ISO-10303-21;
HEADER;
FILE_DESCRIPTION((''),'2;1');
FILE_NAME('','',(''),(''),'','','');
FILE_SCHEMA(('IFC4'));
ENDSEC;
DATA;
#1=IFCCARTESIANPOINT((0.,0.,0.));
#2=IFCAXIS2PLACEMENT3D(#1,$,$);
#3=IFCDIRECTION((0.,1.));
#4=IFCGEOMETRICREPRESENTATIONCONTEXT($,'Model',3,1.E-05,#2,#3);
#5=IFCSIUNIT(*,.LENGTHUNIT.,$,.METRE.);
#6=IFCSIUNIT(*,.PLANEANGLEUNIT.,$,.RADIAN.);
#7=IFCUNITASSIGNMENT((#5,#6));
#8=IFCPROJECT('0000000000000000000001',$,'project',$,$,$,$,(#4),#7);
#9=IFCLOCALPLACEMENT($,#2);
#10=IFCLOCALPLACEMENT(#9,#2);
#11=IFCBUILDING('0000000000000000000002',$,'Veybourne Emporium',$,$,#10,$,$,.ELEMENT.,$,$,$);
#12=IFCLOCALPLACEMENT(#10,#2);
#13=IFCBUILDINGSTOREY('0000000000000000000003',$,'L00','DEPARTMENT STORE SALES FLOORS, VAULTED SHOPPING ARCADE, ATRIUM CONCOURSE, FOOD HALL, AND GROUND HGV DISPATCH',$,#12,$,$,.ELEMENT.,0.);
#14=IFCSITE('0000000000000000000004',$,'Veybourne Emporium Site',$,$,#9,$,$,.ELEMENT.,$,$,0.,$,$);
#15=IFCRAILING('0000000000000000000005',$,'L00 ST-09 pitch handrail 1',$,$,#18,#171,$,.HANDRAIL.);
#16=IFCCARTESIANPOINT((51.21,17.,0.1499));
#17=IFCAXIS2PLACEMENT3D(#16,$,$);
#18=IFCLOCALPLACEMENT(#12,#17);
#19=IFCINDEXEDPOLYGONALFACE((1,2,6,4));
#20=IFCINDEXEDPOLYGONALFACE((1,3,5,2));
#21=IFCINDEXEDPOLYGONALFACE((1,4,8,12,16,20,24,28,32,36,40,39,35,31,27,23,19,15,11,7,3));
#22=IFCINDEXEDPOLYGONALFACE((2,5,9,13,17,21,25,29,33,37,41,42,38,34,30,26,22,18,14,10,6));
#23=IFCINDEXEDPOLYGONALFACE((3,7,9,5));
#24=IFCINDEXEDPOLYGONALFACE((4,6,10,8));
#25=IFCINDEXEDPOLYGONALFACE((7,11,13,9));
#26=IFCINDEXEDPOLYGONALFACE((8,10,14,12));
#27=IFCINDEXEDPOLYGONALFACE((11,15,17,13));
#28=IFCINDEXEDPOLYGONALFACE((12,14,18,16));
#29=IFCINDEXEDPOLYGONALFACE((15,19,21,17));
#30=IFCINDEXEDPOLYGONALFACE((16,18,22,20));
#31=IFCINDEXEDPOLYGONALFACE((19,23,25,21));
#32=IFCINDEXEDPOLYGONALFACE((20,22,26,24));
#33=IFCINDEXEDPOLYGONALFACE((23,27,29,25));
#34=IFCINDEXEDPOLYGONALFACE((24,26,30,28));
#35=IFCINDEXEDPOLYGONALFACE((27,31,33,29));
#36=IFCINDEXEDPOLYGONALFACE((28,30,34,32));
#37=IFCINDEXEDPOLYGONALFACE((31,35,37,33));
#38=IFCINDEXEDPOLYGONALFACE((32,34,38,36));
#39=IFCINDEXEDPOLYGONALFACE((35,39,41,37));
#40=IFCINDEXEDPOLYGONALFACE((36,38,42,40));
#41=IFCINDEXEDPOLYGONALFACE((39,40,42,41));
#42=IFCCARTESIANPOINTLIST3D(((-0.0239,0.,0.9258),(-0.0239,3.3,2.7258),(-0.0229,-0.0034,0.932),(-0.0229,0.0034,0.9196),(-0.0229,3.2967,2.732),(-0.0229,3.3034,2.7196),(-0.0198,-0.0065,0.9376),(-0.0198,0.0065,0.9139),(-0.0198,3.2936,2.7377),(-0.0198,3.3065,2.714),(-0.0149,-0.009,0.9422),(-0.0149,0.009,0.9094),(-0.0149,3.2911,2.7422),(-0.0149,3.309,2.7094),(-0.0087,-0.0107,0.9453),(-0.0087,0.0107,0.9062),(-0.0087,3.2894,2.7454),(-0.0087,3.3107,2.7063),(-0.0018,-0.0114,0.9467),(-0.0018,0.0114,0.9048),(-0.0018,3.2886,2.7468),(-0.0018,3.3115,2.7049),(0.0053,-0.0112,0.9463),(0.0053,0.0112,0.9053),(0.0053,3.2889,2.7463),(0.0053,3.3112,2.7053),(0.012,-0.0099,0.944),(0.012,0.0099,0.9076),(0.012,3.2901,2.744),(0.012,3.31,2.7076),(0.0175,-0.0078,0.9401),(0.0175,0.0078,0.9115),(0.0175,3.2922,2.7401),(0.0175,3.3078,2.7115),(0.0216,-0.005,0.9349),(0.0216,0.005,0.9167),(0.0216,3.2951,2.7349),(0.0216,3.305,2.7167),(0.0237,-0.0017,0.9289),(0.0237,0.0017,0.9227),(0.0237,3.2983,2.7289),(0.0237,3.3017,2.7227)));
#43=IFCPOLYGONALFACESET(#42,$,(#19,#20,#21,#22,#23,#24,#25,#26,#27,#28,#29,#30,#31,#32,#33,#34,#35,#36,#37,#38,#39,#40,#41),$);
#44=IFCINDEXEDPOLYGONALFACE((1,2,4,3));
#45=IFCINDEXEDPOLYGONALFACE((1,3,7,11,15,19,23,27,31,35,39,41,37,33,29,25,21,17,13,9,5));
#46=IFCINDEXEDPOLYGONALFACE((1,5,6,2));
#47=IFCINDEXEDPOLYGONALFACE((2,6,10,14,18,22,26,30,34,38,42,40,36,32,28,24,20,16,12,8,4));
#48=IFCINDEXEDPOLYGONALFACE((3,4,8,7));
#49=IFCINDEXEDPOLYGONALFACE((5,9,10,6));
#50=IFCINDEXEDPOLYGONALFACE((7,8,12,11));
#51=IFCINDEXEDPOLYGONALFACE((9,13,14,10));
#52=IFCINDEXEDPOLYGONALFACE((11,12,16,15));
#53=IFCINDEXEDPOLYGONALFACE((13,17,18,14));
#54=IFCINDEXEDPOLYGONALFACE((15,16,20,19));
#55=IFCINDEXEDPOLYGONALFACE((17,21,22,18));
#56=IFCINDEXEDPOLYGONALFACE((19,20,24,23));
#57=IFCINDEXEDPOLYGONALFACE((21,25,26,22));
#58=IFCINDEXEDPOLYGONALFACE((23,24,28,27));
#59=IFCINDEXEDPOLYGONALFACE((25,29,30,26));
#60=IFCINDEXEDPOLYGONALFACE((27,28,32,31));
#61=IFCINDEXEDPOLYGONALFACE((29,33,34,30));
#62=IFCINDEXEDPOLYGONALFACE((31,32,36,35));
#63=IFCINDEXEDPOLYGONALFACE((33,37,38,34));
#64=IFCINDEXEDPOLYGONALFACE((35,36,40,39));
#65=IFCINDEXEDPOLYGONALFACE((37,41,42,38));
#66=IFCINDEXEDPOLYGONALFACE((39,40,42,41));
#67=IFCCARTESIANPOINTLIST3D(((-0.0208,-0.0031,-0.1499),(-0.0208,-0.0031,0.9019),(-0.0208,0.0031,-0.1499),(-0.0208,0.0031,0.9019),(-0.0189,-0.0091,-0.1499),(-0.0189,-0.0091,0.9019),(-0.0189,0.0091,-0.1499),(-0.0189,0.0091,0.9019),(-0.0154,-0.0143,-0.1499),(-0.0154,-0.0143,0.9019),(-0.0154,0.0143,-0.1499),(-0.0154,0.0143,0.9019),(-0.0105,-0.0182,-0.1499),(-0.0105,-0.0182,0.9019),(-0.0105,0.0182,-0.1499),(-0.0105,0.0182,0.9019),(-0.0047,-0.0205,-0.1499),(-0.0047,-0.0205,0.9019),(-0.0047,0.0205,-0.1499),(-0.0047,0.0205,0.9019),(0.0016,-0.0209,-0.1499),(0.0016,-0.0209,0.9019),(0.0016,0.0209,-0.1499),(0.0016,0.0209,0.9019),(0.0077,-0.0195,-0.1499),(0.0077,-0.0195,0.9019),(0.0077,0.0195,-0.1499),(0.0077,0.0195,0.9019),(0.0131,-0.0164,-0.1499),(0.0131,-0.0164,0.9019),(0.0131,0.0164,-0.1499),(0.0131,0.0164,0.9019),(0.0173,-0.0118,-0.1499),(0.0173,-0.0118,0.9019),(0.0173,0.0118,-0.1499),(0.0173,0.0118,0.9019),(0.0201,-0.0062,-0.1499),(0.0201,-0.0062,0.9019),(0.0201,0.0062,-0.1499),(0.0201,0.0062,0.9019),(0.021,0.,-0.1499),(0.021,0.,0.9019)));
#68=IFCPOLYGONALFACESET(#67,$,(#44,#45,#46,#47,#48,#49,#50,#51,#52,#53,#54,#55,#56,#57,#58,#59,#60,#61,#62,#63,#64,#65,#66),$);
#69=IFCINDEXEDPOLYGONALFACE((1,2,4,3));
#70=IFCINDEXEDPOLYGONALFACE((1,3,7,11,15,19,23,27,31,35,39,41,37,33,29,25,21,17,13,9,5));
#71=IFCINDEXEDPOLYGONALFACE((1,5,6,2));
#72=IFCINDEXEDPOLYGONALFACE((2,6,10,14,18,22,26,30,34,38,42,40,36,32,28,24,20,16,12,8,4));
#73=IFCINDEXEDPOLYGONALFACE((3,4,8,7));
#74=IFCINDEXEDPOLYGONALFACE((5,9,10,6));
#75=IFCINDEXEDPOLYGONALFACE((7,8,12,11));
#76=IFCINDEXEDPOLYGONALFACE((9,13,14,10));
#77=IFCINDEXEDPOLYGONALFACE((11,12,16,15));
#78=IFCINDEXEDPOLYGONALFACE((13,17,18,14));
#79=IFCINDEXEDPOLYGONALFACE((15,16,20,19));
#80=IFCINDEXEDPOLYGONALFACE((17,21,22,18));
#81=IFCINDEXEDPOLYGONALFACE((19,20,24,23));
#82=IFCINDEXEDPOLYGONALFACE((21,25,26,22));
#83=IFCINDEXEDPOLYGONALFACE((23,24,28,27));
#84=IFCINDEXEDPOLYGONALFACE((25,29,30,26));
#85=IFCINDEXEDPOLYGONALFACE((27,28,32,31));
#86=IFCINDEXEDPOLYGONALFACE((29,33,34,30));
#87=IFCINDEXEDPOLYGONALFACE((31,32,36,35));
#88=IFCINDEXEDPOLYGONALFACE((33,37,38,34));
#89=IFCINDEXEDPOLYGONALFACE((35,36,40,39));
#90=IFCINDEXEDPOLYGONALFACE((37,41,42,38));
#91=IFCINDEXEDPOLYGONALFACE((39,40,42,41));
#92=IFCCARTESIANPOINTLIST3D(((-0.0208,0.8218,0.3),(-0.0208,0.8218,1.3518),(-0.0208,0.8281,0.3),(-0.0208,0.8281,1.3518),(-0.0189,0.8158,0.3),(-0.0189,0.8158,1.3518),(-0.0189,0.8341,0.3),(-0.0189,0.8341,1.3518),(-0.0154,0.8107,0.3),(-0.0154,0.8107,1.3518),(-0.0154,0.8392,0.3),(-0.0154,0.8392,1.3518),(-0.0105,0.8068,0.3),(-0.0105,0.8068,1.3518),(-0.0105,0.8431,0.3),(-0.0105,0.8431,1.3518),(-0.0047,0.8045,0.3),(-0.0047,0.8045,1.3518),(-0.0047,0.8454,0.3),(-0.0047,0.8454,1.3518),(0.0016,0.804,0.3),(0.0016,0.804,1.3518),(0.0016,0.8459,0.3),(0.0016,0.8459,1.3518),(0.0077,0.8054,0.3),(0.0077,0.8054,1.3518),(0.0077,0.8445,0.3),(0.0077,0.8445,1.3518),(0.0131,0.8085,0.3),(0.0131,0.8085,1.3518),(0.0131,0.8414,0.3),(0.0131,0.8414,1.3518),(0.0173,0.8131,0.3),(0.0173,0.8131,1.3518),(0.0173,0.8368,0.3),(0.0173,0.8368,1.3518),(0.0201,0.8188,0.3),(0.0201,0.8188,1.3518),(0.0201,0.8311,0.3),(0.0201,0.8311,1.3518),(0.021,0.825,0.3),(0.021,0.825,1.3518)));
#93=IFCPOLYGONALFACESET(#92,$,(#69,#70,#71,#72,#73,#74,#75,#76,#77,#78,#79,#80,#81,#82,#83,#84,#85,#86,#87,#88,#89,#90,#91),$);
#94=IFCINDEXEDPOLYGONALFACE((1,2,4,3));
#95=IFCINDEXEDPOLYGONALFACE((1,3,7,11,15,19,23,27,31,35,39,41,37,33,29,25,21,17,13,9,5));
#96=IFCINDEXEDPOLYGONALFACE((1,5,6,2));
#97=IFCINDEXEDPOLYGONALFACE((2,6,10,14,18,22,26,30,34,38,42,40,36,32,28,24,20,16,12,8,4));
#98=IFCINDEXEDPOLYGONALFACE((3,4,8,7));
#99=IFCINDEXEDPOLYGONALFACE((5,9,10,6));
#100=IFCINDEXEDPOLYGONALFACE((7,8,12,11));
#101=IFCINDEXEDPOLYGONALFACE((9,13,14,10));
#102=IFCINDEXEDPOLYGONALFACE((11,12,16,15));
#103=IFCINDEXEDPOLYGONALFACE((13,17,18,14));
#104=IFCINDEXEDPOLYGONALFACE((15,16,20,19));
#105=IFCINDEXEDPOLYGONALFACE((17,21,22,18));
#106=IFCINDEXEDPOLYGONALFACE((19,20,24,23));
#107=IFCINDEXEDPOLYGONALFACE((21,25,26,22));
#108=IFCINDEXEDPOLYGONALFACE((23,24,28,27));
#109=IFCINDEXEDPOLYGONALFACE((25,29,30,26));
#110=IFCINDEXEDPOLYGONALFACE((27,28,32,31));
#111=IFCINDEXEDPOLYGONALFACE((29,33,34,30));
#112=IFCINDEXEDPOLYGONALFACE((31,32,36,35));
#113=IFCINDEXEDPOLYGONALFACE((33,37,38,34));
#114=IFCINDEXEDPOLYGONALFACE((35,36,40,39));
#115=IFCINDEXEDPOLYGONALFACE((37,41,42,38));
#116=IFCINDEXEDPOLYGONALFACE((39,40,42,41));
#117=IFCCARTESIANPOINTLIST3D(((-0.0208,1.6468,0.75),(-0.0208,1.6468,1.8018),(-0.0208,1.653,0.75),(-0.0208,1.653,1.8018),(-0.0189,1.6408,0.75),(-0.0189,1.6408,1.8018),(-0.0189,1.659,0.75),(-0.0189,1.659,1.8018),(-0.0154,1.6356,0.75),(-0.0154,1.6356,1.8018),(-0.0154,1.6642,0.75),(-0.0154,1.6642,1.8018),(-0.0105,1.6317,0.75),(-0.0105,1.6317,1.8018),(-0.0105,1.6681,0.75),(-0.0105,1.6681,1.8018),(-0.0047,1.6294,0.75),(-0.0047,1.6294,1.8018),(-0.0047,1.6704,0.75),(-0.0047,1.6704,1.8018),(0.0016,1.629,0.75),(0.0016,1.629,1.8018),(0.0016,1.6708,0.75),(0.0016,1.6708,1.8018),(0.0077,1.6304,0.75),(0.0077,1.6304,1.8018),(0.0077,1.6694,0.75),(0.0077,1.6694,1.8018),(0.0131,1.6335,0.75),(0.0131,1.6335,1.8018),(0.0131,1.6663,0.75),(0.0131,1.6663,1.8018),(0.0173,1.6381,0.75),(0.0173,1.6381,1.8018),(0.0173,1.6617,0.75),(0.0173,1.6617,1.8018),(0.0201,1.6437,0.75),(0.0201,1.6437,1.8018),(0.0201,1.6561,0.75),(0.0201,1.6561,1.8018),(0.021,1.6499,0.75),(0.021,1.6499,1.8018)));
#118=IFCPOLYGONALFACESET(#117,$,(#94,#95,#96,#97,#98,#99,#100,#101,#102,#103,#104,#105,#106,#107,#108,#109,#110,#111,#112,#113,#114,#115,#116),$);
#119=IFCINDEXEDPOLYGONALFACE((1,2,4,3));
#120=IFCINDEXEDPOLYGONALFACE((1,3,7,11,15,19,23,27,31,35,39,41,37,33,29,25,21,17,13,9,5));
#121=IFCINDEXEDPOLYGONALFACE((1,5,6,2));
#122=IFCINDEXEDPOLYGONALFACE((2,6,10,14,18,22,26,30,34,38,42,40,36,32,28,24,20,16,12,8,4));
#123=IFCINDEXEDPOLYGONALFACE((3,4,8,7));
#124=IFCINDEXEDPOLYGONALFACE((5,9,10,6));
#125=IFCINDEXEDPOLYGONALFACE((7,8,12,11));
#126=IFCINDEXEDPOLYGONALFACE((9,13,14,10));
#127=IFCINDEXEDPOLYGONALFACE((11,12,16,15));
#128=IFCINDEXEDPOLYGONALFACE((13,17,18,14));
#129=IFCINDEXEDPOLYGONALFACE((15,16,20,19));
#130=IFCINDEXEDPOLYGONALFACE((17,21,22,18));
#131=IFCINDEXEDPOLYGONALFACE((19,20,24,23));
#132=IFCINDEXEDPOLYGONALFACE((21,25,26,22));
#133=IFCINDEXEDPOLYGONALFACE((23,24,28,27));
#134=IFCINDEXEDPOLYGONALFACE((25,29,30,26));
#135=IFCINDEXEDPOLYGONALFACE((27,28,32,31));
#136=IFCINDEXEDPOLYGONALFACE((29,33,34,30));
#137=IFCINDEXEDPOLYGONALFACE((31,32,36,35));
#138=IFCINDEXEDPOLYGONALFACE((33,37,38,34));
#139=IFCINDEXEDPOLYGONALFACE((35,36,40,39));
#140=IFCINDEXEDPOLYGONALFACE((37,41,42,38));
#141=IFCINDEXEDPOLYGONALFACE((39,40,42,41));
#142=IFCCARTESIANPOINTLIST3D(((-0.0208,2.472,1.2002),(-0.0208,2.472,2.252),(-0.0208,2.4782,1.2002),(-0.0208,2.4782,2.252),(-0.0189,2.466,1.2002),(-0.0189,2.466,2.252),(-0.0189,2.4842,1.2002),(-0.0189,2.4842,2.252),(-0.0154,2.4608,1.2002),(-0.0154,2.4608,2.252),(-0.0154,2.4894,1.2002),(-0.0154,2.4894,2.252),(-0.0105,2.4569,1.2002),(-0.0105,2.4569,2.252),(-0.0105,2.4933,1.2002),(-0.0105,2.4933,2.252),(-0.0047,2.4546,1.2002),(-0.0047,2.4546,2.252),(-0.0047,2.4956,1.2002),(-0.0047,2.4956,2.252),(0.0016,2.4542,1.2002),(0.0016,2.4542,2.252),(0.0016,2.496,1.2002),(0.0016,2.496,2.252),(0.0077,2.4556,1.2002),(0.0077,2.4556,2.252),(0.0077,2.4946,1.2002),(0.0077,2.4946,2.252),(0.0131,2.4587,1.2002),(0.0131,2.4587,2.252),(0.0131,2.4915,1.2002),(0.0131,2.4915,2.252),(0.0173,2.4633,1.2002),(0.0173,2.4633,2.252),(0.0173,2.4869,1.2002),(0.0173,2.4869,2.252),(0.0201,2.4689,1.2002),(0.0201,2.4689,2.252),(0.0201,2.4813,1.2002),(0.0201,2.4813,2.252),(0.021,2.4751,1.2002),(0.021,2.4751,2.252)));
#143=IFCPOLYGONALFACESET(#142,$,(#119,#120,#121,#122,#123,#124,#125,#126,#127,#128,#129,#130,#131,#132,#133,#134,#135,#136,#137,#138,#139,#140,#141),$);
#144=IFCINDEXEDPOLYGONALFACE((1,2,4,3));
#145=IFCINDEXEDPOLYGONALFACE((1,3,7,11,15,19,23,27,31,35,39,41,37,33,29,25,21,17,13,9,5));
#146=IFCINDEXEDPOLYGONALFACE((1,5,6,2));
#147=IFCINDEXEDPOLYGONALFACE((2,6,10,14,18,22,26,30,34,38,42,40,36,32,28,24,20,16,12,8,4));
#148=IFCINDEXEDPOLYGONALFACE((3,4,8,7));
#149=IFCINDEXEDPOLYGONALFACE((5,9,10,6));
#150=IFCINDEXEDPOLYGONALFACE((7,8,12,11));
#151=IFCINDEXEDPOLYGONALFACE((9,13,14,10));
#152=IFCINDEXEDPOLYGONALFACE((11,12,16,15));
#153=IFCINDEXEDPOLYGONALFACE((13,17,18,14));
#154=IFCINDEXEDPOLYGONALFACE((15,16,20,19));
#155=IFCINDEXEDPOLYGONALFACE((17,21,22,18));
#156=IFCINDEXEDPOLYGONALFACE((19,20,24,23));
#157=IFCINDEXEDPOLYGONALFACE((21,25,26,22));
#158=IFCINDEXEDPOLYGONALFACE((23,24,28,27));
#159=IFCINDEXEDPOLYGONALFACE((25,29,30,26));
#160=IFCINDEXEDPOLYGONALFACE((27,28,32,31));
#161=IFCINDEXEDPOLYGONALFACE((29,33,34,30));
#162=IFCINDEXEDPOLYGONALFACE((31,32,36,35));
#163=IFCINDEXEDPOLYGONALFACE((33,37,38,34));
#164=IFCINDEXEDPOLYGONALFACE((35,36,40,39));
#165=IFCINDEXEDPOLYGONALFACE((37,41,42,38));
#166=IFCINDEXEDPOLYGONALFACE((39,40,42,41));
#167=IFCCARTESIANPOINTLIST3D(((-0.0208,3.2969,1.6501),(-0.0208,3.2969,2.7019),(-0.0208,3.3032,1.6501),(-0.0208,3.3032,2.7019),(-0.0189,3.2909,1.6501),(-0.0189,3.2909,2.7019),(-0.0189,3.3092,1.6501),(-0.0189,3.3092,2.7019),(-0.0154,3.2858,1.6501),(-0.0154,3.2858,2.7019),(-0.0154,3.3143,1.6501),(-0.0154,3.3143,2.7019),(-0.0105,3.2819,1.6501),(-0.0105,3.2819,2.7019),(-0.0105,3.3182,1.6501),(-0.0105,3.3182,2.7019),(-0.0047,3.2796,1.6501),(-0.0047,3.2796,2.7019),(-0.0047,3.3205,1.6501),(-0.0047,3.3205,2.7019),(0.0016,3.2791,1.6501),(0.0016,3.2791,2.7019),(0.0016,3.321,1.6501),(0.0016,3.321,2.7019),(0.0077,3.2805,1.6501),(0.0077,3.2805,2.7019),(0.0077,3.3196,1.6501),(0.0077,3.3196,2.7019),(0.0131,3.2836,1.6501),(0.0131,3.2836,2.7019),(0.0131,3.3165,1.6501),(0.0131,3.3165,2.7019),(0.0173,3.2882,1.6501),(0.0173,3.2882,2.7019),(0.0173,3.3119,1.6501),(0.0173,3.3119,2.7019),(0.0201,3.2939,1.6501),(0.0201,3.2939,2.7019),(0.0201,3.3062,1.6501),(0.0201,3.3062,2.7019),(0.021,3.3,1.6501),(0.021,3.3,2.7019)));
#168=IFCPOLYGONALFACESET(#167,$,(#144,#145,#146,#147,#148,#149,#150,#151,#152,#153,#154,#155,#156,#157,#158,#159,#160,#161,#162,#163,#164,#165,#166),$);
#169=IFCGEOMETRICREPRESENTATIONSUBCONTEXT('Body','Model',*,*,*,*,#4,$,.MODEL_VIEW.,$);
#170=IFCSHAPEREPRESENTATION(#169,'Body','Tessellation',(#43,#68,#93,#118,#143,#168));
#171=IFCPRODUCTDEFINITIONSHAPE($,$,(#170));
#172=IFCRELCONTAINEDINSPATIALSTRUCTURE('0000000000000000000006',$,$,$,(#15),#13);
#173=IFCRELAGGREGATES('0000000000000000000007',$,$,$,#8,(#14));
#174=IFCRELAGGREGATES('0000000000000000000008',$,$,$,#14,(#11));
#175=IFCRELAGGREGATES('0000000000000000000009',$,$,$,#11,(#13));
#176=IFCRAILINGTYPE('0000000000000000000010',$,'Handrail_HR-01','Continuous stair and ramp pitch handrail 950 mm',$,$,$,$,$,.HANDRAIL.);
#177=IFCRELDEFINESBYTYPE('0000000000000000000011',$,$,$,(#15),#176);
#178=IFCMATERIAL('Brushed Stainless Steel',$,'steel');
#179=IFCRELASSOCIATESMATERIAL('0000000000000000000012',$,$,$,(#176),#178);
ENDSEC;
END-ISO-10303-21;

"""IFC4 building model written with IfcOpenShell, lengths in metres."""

from ifc_helpers import new_model, si_unit, direction, frame, origin, origin_2d, place, context, subcontext, project, spatial, circle, extrude, material, type_object, element, save


model = new_model("IFC4")

# Units and contexts
model_context = context("Model", 3, precision=1e-05, world=origin(), true_north=direction((0.0, 1.0)))
body_context = subcontext(model_context, "Body", "Model", "MODEL_VIEW")
ifc_project = project(units=[si_unit("LENGTHUNIT", "METRE"), si_unit("PLANEANGLEUNIT", "RADIAN")], contexts=[model_context])

# Site, building, storey
site_placement = place(None, origin())
site = spatial("IfcSite", under=ifc_project, at=site_placement, Name="Veybourne Emporium Site", CompositionType="ELEMENT", RefElevation=0.0)
building_placement = place(site_placement, origin())
building = spatial("IfcBuilding", under=site, at=building_placement, Name="Veybourne Emporium", CompositionType="ELEMENT")
storey_placement = place(building_placement, origin())
storey = spatial("IfcBuildingStorey", under=building, at=storey_placement, Name="L00", Description="DEPARTMENT STORE SALES FLOORS, VAULTED SHOPPING ARCADE, ATRIUM CONCOURSE, FOOD HALL, AND GROUND HGV DISPATCH", CompositionType="ELEMENT", Elevation=0.0)

# Railing
ifc_material_1 = material(Name="Brushed Stainless Steel", Category="steel")
railing_type_1 = type_object("IfcRailingType", Name="Handrail_HR-01", Description="Continuous stair and ramp pitch handrail 950 mm", PredefinedType="HANDRAIL", material=ifc_material_1)
railing_1_placement = place(storey_placement, frame((51.21, 17.0, 0.1499)))
element("IfcRailing", 1, at=railing_1_placement, inside=storey, type_object=railing_type_1, Name="L00 ST-09 pitch handrail 1", PredefinedType="HANDRAIL", context=body_context, shape_type="SweptSolid", body=[
    extrude(circle(Radius=0.0239, at=origin_2d()), frame((0.0, 0.0, 0.9258), z_axis=(0.0, 0.877893, 0.478857), x_axis=(-1.0, 0.0, 0.0)), (0.0, 0.0, 1.0), 3.759),
    extrude(circle(Radius=0.021, at=origin_2d()), frame((0.0, 0.0, -0.1499)), (0.0, 0.0, 1.0), 1.0518),
    extrude(circle(Radius=0.021, at=origin_2d()), frame((0.0, 0.825, 0.3)), (0.0, 0.0, 1.0), 1.0518),
    extrude(circle(Radius=0.021, at=origin_2d()), frame((0.0, 1.6499, 0.75)), (0.0, 0.0, 1.0), 1.0518),
    extrude(circle(Radius=0.021, at=origin_2d()), frame((0.0, 2.4751, 1.2002)), (0.0, 0.0, 1.0), 1.0518),
    extrude(circle(Radius=0.021, at=origin_2d()), frame((0.0, 3.3, 1.6501)), (0.0, 0.0, 1.0), 1.0518),
])

save(model, "model.ifc")
